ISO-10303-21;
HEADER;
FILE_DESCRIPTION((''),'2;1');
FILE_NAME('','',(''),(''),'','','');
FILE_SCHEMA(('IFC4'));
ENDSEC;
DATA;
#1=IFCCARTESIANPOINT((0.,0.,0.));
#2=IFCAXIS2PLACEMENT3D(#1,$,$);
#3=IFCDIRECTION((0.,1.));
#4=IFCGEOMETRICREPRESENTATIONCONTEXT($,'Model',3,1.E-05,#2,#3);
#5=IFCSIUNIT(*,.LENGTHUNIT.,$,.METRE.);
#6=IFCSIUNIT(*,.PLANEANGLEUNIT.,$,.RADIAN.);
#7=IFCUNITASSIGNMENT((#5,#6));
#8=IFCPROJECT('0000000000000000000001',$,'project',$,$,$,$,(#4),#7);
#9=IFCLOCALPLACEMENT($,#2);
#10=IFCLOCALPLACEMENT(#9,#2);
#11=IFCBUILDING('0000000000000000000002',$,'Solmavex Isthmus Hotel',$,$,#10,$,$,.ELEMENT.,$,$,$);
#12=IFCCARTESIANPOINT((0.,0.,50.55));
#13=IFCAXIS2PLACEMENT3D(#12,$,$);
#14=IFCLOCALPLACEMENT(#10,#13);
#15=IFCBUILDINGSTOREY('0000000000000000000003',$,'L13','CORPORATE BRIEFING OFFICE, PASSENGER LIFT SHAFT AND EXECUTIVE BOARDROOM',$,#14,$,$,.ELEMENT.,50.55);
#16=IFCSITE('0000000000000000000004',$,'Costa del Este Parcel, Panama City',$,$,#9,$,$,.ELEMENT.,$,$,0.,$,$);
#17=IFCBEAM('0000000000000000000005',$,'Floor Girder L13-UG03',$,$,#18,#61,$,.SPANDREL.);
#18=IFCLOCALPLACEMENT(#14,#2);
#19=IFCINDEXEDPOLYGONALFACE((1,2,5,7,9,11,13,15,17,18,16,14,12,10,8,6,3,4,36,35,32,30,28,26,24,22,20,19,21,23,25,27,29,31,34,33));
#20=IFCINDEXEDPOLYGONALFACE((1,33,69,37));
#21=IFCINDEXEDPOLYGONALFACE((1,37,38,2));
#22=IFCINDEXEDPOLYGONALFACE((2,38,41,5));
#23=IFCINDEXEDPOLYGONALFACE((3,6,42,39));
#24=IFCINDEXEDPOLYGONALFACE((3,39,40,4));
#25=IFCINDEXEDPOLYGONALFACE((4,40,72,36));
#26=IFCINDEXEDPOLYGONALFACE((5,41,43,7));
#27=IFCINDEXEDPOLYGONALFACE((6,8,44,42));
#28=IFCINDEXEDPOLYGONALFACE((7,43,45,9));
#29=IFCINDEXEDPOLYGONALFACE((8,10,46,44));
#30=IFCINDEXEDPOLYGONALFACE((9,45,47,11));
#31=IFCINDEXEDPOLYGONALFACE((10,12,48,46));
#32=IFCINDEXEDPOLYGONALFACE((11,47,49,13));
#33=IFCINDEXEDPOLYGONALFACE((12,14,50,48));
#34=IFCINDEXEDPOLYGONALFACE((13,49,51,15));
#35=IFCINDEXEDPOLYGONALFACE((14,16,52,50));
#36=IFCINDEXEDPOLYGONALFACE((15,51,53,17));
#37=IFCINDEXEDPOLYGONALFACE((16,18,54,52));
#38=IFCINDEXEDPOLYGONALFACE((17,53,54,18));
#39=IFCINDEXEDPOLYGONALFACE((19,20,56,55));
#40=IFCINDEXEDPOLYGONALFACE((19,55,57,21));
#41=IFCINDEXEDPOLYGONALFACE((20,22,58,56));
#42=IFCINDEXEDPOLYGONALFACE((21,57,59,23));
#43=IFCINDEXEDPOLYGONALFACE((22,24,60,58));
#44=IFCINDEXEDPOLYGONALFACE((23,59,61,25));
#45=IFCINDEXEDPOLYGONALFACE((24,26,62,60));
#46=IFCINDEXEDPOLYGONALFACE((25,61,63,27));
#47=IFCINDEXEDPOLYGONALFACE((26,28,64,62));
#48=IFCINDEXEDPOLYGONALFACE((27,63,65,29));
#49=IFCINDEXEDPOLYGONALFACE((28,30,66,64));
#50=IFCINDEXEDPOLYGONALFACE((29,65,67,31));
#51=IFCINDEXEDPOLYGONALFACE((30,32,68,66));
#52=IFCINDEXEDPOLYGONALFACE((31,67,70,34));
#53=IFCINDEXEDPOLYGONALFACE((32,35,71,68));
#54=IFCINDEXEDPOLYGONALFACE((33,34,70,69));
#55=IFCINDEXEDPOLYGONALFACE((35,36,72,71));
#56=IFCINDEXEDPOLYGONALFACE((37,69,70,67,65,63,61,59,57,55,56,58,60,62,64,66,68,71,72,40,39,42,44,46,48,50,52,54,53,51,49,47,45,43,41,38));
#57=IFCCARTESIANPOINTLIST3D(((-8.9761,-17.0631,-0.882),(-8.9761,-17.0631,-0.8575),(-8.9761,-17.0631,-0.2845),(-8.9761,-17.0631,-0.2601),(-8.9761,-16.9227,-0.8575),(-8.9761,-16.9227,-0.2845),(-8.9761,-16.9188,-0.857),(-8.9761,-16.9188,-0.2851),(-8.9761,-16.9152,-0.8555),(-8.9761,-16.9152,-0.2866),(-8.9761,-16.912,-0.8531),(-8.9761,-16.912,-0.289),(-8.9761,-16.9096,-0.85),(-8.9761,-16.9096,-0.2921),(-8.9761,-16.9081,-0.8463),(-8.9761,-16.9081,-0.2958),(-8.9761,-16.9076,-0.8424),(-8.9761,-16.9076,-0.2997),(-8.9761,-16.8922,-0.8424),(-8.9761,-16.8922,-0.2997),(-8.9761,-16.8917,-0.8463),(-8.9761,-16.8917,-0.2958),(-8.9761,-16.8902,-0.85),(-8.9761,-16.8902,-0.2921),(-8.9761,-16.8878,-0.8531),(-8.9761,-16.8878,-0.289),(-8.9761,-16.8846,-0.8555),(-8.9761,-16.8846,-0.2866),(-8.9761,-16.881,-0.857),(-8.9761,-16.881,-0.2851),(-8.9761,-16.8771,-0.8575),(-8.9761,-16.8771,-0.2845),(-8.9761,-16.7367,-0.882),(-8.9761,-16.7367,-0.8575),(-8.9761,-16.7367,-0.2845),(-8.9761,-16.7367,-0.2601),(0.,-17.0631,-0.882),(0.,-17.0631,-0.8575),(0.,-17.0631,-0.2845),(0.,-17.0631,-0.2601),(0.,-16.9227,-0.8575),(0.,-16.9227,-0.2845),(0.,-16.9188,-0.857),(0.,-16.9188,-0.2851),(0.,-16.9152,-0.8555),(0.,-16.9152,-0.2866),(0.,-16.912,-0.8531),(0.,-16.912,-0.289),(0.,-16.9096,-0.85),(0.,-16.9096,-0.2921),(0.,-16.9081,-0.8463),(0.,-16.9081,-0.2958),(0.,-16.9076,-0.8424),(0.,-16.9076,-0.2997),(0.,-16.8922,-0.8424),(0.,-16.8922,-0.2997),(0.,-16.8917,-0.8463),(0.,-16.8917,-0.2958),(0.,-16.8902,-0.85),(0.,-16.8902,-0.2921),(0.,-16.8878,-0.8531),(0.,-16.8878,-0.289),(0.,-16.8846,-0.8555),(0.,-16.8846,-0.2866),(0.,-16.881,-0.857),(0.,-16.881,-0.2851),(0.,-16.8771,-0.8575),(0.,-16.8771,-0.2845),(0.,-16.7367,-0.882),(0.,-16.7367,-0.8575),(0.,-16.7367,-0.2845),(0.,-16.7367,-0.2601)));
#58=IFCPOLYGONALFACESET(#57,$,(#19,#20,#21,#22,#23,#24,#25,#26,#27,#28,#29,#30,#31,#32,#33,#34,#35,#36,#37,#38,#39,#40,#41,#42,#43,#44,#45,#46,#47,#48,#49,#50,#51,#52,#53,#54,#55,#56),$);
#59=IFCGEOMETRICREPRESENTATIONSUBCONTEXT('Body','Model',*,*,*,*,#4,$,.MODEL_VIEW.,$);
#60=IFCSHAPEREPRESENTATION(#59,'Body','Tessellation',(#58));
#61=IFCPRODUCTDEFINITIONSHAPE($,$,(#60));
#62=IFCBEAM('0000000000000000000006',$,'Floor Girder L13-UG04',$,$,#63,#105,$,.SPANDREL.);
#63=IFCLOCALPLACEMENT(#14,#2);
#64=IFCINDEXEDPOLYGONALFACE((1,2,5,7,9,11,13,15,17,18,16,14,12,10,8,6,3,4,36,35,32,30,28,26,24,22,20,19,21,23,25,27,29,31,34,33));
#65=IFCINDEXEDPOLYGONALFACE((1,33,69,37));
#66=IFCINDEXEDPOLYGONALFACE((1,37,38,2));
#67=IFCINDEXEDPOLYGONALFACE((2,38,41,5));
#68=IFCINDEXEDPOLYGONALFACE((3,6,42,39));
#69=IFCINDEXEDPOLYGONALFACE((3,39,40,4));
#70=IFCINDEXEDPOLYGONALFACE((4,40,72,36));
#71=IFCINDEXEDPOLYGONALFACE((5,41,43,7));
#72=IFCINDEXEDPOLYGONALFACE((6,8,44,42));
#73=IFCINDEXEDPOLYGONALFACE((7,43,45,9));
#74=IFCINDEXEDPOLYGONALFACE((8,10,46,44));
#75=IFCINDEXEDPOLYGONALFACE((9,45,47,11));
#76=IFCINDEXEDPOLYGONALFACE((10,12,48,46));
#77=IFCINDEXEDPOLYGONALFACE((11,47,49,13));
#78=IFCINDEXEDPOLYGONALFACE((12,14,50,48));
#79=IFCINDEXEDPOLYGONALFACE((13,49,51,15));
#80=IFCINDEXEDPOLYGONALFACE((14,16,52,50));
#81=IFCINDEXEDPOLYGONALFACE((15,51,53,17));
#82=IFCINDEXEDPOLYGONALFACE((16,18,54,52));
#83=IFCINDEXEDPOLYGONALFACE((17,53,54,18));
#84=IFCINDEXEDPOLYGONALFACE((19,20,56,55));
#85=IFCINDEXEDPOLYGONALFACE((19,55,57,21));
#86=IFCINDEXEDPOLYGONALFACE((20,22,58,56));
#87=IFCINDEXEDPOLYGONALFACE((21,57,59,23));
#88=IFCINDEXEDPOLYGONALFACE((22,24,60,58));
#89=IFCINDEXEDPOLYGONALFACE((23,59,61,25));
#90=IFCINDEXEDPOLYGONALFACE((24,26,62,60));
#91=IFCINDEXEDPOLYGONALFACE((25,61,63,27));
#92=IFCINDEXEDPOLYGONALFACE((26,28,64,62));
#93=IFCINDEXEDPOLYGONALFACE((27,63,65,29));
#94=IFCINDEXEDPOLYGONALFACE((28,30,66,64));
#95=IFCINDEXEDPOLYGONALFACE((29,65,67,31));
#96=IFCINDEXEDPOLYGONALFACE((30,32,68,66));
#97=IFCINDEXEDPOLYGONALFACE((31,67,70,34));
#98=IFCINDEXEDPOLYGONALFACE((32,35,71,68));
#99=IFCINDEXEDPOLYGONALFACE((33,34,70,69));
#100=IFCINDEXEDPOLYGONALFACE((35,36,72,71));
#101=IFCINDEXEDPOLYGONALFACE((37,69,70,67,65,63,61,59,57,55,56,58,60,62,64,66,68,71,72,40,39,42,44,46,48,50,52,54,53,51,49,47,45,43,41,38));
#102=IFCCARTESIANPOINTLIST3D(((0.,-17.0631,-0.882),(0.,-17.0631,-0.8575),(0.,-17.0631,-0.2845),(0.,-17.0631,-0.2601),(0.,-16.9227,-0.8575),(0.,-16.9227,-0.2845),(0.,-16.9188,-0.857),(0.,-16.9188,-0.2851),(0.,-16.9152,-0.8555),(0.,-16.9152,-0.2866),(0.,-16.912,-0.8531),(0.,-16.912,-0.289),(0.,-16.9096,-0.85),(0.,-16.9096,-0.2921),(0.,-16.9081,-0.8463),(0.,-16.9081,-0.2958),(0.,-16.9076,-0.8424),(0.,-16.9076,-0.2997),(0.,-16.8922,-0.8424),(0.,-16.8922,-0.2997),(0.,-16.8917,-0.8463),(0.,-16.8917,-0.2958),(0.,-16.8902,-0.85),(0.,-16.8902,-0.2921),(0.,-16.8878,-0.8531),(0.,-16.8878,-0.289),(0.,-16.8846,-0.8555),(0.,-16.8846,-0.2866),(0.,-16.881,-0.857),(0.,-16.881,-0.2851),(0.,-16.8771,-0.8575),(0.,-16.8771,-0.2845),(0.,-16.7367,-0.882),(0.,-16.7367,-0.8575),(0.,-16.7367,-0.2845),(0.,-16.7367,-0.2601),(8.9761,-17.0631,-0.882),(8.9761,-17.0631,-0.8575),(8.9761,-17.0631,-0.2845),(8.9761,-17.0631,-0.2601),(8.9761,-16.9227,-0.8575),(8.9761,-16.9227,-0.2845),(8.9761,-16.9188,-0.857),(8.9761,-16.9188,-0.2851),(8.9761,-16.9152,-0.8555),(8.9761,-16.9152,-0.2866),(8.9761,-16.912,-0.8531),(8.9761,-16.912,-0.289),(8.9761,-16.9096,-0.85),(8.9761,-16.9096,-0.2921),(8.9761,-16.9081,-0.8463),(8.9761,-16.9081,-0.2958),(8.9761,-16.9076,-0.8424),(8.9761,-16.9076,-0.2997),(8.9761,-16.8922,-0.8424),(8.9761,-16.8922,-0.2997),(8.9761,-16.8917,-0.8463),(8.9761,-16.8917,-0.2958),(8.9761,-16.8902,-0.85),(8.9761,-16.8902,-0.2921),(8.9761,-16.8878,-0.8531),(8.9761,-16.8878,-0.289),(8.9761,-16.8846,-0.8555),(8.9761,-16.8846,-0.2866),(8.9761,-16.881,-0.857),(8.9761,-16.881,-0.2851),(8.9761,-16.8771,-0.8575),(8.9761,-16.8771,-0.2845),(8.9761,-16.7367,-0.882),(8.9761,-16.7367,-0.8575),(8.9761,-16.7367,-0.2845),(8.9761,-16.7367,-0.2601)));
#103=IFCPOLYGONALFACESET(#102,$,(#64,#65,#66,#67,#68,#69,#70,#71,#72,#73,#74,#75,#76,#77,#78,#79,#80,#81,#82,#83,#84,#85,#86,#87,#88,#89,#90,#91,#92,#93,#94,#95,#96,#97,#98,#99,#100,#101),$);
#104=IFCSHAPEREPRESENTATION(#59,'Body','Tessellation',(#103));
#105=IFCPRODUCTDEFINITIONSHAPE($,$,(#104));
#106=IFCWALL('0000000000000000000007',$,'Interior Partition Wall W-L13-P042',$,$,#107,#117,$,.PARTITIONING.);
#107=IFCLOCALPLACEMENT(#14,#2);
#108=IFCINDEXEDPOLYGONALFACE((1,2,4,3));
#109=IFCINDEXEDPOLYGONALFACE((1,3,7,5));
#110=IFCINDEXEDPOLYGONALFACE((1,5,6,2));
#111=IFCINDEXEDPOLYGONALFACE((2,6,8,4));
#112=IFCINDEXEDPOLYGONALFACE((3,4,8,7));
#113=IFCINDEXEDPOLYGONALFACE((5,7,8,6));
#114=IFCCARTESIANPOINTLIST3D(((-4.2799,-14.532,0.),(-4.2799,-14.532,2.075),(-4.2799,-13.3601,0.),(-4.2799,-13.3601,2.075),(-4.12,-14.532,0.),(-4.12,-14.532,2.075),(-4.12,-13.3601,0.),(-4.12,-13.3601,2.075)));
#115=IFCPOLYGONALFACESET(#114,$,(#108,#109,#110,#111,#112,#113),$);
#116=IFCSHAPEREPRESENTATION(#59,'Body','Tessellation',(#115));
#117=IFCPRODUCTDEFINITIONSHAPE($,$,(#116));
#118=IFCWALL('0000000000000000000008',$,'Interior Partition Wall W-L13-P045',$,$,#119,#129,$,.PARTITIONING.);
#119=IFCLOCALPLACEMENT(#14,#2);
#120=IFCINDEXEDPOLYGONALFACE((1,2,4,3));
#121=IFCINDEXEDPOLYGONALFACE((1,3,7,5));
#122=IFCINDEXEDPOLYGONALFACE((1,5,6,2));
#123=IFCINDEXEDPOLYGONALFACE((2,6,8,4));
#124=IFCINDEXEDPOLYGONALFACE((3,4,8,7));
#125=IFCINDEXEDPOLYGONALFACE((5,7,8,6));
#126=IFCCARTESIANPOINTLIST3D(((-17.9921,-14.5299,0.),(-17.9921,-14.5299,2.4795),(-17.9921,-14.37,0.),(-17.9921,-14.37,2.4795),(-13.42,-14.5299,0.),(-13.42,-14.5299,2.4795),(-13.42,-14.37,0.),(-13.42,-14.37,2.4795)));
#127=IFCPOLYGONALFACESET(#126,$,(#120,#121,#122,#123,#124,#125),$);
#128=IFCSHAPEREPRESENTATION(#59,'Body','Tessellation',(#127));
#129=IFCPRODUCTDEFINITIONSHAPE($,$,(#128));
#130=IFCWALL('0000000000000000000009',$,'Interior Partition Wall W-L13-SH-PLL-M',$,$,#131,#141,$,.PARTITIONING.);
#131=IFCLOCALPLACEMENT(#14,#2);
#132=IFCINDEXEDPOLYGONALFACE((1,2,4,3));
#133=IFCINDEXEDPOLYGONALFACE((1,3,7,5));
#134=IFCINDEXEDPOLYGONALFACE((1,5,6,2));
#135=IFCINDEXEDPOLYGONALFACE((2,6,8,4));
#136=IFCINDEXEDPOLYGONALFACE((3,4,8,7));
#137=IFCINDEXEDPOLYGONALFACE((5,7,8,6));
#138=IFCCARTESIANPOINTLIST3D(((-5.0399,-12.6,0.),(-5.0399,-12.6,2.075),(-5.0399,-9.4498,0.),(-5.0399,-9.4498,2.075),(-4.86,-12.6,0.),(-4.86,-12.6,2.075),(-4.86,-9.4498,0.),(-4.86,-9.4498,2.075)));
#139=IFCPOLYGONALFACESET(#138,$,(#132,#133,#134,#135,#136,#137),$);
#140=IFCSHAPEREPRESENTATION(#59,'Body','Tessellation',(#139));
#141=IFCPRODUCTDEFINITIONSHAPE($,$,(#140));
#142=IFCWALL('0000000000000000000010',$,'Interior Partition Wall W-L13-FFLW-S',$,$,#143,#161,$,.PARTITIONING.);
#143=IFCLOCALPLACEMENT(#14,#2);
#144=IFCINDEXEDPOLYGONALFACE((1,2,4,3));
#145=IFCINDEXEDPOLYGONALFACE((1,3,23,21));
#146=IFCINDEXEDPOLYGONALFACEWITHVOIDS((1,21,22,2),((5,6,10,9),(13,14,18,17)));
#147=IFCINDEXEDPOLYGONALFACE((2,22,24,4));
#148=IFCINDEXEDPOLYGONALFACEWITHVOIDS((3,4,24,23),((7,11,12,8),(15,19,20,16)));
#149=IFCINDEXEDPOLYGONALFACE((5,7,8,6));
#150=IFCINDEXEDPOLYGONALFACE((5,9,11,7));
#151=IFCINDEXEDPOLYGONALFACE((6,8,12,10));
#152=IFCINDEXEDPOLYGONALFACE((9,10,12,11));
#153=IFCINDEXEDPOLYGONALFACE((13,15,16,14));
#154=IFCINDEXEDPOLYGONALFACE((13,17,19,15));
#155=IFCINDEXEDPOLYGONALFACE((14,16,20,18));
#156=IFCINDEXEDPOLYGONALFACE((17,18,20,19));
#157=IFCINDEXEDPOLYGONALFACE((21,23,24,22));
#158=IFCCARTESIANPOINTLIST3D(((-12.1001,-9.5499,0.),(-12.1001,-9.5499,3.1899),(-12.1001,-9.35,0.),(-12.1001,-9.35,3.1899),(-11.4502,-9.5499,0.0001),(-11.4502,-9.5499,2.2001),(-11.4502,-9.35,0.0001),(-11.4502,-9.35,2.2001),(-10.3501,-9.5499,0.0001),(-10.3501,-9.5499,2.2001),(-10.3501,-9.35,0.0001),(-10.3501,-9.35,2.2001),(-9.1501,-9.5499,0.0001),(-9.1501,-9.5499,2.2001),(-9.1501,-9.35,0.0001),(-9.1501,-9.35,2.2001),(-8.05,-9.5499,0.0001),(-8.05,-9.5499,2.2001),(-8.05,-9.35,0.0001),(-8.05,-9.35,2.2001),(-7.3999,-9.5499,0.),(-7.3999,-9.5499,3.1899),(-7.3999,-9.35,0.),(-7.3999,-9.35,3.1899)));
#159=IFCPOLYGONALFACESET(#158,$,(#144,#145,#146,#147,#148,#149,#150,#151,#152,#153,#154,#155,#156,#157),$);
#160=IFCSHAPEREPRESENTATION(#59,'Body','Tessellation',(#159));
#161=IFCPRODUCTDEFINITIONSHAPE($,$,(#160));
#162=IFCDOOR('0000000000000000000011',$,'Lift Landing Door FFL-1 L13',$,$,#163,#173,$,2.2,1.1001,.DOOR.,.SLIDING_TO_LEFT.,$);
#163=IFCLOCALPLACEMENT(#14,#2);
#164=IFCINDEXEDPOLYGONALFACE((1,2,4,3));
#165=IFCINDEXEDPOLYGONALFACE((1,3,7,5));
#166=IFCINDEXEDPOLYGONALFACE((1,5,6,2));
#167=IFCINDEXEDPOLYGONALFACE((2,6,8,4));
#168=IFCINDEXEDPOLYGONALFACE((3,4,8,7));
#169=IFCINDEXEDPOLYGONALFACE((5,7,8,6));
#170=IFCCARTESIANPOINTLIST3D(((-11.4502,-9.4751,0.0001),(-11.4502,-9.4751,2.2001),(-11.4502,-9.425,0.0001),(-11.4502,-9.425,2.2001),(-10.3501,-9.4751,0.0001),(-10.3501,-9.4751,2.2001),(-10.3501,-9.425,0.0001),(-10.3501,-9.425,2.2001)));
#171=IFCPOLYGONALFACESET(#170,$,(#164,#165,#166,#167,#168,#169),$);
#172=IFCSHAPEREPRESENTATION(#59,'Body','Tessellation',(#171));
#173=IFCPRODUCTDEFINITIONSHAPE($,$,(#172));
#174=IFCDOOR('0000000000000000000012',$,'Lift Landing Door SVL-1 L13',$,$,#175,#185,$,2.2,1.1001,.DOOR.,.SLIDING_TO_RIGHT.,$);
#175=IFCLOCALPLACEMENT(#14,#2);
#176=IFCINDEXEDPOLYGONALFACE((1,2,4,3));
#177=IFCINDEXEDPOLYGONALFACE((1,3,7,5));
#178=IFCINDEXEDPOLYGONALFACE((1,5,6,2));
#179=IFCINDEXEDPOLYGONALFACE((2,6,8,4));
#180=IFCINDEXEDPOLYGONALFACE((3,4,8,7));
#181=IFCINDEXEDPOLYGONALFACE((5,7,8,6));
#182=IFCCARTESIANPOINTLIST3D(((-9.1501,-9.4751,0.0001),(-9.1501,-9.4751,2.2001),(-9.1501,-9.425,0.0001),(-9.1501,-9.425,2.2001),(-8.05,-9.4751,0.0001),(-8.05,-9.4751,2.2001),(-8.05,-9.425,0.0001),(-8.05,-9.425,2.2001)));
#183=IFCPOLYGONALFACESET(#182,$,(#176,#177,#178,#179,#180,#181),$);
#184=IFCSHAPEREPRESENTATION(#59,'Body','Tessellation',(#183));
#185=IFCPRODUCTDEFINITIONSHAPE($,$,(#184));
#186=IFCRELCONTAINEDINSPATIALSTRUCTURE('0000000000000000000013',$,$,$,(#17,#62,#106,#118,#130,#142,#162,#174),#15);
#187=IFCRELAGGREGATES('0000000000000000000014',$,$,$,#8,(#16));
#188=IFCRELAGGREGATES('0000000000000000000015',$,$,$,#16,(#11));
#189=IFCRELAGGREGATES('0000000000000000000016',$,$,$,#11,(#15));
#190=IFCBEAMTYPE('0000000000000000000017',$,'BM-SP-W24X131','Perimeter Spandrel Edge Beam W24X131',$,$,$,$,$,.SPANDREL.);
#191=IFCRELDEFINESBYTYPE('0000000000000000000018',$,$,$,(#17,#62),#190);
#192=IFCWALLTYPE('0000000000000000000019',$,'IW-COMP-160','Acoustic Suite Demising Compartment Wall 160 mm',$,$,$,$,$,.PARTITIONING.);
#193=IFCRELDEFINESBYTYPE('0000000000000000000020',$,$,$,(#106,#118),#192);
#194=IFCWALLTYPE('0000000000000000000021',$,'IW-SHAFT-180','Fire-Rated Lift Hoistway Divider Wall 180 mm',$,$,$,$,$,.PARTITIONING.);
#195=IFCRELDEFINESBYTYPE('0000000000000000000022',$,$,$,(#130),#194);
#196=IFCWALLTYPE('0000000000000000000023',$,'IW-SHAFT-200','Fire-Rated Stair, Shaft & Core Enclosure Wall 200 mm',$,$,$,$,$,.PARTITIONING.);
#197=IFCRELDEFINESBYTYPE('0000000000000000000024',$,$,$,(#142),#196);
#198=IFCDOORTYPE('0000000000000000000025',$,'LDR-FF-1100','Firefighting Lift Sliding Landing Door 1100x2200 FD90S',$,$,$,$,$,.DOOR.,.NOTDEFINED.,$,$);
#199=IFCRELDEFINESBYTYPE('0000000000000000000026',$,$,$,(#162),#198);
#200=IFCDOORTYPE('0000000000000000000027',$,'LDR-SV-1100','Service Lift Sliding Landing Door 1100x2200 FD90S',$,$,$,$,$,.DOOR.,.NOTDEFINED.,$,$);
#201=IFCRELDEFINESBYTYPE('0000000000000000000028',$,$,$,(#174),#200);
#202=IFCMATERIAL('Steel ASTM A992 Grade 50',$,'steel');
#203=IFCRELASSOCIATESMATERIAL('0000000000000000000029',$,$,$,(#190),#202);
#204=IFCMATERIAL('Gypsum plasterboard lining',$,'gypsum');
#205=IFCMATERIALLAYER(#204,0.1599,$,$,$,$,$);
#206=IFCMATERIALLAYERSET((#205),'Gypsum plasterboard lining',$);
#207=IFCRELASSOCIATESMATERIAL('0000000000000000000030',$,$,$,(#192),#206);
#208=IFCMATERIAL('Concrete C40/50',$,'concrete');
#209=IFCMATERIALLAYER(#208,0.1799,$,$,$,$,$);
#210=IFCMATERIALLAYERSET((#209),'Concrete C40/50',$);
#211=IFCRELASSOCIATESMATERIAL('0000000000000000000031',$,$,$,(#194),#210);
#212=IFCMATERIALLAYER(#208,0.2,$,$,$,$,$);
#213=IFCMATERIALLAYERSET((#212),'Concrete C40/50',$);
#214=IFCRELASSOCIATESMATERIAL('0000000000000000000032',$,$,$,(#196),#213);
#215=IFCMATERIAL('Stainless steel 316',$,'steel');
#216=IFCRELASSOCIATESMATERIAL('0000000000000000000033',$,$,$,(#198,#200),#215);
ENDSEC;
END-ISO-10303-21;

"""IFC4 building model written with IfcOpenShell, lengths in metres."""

from ifc_helpers import new_model, si_unit, direction, frame, frame_2d, origin, origin_2d, place, context, subcontext, project, spatial, rectangle, i_section, extrude, material, layer, layer_set, material_profile, profile_set, type_object, element, fill, save


model = new_model("IFC4")

# Units and contexts
model_context = context("Model", 3, precision=1e-05, world=origin(), true_north=direction((0.0, 1.0)))
body_context = subcontext(model_context, "Body", "Model", "MODEL_VIEW")
ifc_project = project(units=[si_unit("LENGTHUNIT", "METRE"), si_unit("PLANEANGLEUNIT", "RADIAN")], contexts=[model_context])

# Site, building, storey
site_placement = place(None, origin())
site = spatial("IfcSite", under=ifc_project, at=site_placement, Name="Costa del Este Parcel, Panama City", CompositionType="ELEMENT", RefElevation=0.0)
building_placement = place(site_placement, origin())
building = spatial("IfcBuilding", under=site, at=building_placement, Name="Solmavex Isthmus Hotel", CompositionType="ELEMENT")
storey_placement = place(building_placement, frame((0.0, 0.0, 50.55)))
storey = spatial("IfcBuildingStorey", under=building, at=storey_placement, Name="L13", Description="CORPORATE BRIEFING OFFICE, PASSENGER LIFT SHAFT AND EXECUTIVE BOARDROOM", CompositionType="ELEMENT", Elevation=50.55)

# Beams
ifc_material_1 = material(Name="Steel ASTM A992 Grade 50", Category="steel")
ifc_material_profile_1 = material_profile(ifc_material_1, i_section(OverallWidth=0.3264, OverallDepth=0.6218, WebThickness=0.0154, FlangeThickness=0.0244, FilletRadius=0.0151, at=origin_2d()), Name="W24X131")
ifc_profile_set_1 = profile_set([ifc_material_profile_1], Name="Steel ASTM A992 Grade 50")
beam_type_1 = type_object("IfcBeamType", Name="BM-SP-W24X131", Description="Perimeter Spandrel Edge Beam W24X131", PredefinedType="SPANDREL", material=ifc_profile_set_1)
for number, where, z_axis, x_axis, name in (
    (1, (-8.9761, -16.8999, -0.571), (1.0, 0.0, 0.0), (0.0, 1.0, 0.0), "Floor Girder L13-UG03"),
    (2, (0.0, -16.8999, -0.571), (1.0, 0.0, 0.0), (0.0, 1.0, 0.0), "Floor Girder L13-UG04"),
):
    element("IfcBeam", number, at=place(storey_placement, frame(where, z_axis=z_axis, x_axis=x_axis)), inside=storey, type_object=beam_type_1, Name=name, PredefinedType="SPANDREL", context=body_context, shape_type="SweptSolid", body=[
        extrude(i_section(OverallWidth=0.3264, OverallDepth=0.6218, WebThickness=0.0154, FlangeThickness=0.0244, FilletRadius=0.0151, at=origin_2d()), origin(), (0.0, 0.0, 1.0), 8.9761),
    ])

# Wall
ifc_material_2 = material(Name="Gypsum plasterboard lining", Category="gypsum")
ifc_layer_1 = layer(ifc_material_2, 0.1599)
ifc_layer_set_1 = layer_set([ifc_layer_1], Name="Gypsum plasterboard lining")
wall_type_1 = type_object("IfcWallType", Name="IW-COMP-160", Description="Acoustic Suite Demising Compartment Wall 160 mm", PredefinedType="PARTITIONING", material=ifc_layer_set_1)
wall_1_placement = place(storey_placement, frame((-4.2, -13.3601, 0.0), z_axis=(0.0, 0.0, 1.0), x_axis=(0.0, -1.0, 0.0)))
element("IfcWall", 3, at=wall_1_placement, inside=storey, type_object=wall_type_1, Name="Interior Partition Wall W-L13-P042", PredefinedType="PARTITIONING", context=body_context, shape_type="SweptSolid", body=[
    extrude(rectangle(XDim=1.1719, YDim=0.1599, at=frame_2d((0.5859, 0.0))), origin(), (0.0, 0.0, 1.0), 2.075),
])

# Wall
wall_2_placement = place(storey_placement, frame((-13.4199, -14.45, 0.0), z_axis=(0.0, 0.0, 1.0), x_axis=(-1.0, 0.0, 0.0)))
element("IfcWall", 4, at=wall_2_placement, inside=storey, type_object=wall_type_1, Name="Interior Partition Wall W-L13-P045", PredefinedType="PARTITIONING", context=body_context, shape_type="SweptSolid", body=[
    extrude(rectangle(XDim=4.572, YDim=0.1599, at=frame_2d((2.2861, 0.0))), origin(), (0.0, 0.0, 1.0), 2.4795),
])

# Wall
ifc_material_3 = material(Name="Concrete C40/50", Category="concrete")
ifc_layer_2 = layer(ifc_material_3, 0.1799)
ifc_layer_set_2 = layer_set([ifc_layer_2], Name="Concrete C40/50")
wall_type_2 = type_object("IfcWallType", Name="IW-SHAFT-180", Description="Fire-Rated Lift Hoistway Divider Wall 180 mm", PredefinedType="PARTITIONING", material=ifc_layer_set_2)
wall_3_placement = place(storey_placement, frame((-4.95, -12.6001, 0.0), z_axis=(0.0, 0.0, 1.0), x_axis=(0.0, 1.0, 0.0)))
element("IfcWall", 5, at=wall_3_placement, inside=storey, type_object=wall_type_2, Name="Interior Partition Wall W-L13-SH-PLL-M", PredefinedType="PARTITIONING", context=body_context, shape_type="SweptSolid", body=[
    extrude(rectangle(XDim=3.1501, YDim=0.1799, at=frame_2d((1.5752, 0.0))), origin(), (0.0, 0.0, 1.0), 2.075),
])

# Wall, openings, doors
ifc_layer_3 = layer(ifc_material_3, 0.2)
ifc_layer_set_3 = layer_set([ifc_layer_3], Name="Concrete C40/50")
wall_type_3 = type_object("IfcWallType", Name="IW-SHAFT-200", Description="Fire-Rated Stair, Shaft & Core Enclosure Wall 200 mm", PredefinedType="PARTITIONING", material=ifc_layer_set_3)
wall_4_placement = place(storey_placement, frame((-12.1001, -9.45, 0.0), z_axis=(0.0, 0.0, 1.0), x_axis=(1.0, 0.0, 0.0)))
wall_4 = element("IfcWall", 6, at=wall_4_placement, inside=storey, type_object=wall_type_3, Name="Interior Partition Wall W-L13-FFLW-S", PredefinedType="PARTITIONING", context=body_context, shape_type="SweptSolid", body=[
    extrude(rectangle(XDim=4.7002, YDim=0.2, at=frame_2d((2.3501, 0.0))), origin(), (0.0, 0.0, 1.0), 3.1899),
])
opening_1_placement = place(wall_4_placement, frame((0.6499, 0.0, 0.0)))
opening_1 = element("IfcOpeningElement", 7, at=opening_1_placement, cuts=wall_4, PredefinedType="OPENING", context=body_context, shape_type="SweptSolid", body=[
    extrude(rectangle(XDim=1.1001, YDim=2.2, at=frame_2d((0.55, 1.1001))), frame((0.0, 0.1099, 0.0), z_axis=(0.0, -1.0, 0.0), x_axis=(1.0, 0.0, 0.0)), (0.0, 0.0, 1.0), 0.22),
])
opening_2_placement = place(wall_4_placement, frame((2.95, 0.0, 0.0)))
opening_2 = element("IfcOpeningElement", 8, at=opening_2_placement, cuts=wall_4, PredefinedType="OPENING", context=body_context, shape_type="SweptSolid", body=[
    extrude(rectangle(XDim=1.1001, YDim=2.2, at=frame_2d((0.55, 1.1001))), frame((0.0, 0.1099, 0.0), z_axis=(0.0, -1.0, 0.0), x_axis=(1.0, 0.0, 0.0)), (0.0, 0.0, 1.0), 0.22),
])
ifc_material_4 = material(Name="Stainless steel 316", Category="steel")
door_type_1 = type_object("IfcDoorType", Name="LDR-FF-1100", Description="Firefighting Lift Sliding Landing Door 1100x2200 FD90S", OperationType="NOTDEFINED", PredefinedType="DOOR", material=ifc_material_4)
door_1_placement = place(opening_1_placement, origin())
door_1 = element("IfcDoor", 9, at=door_1_placement, inside=storey, type_object=door_type_1, Name="Lift Landing Door FFL-1 L13", OperationType="SLIDING_TO_LEFT", OverallHeight=2.2, OverallWidth=1.1001, PredefinedType="DOOR", context=body_context, shape_type="SweptSolid", body=[
    extrude(rectangle(XDim=1.1001, YDim=2.2, at=frame_2d((0.55, 1.1001))), frame((0.0, 0.0249, 0.0), z_axis=(0.0, -1.0, 0.0), x_axis=(1.0, 0.0, 0.0)), (0.0, 0.0, 1.0), 0.05),
])
fill(opening_1, door_1)
door_type_2 = type_object("IfcDoorType", Name="LDR-SV-1100", Description="Service Lift Sliding Landing Door 1100x2200 FD90S", OperationType="NOTDEFINED", PredefinedType="DOOR", material=ifc_material_4)
door_2_placement = place(opening_2_placement, origin())
door_2 = element("IfcDoor", 10, at=door_2_placement, inside=storey, type_object=door_type_2, Name="Lift Landing Door SVL-1 L13", OperationType="SLIDING_TO_RIGHT", OverallHeight=2.2, OverallWidth=1.1001, PredefinedType="DOOR", context=body_context, shape_type="SweptSolid", body=[
    extrude(rectangle(XDim=1.1001, YDim=2.2, at=frame_2d((0.55, 1.1001))), frame((0.0, 0.0249, 0.0), z_axis=(0.0, -1.0, 0.0), x_axis=(1.0, 0.0, 0.0)), (0.0, 0.0, 1.0), 0.05),
])
fill(opening_2, door_2)

save(model, "model.ifc")
